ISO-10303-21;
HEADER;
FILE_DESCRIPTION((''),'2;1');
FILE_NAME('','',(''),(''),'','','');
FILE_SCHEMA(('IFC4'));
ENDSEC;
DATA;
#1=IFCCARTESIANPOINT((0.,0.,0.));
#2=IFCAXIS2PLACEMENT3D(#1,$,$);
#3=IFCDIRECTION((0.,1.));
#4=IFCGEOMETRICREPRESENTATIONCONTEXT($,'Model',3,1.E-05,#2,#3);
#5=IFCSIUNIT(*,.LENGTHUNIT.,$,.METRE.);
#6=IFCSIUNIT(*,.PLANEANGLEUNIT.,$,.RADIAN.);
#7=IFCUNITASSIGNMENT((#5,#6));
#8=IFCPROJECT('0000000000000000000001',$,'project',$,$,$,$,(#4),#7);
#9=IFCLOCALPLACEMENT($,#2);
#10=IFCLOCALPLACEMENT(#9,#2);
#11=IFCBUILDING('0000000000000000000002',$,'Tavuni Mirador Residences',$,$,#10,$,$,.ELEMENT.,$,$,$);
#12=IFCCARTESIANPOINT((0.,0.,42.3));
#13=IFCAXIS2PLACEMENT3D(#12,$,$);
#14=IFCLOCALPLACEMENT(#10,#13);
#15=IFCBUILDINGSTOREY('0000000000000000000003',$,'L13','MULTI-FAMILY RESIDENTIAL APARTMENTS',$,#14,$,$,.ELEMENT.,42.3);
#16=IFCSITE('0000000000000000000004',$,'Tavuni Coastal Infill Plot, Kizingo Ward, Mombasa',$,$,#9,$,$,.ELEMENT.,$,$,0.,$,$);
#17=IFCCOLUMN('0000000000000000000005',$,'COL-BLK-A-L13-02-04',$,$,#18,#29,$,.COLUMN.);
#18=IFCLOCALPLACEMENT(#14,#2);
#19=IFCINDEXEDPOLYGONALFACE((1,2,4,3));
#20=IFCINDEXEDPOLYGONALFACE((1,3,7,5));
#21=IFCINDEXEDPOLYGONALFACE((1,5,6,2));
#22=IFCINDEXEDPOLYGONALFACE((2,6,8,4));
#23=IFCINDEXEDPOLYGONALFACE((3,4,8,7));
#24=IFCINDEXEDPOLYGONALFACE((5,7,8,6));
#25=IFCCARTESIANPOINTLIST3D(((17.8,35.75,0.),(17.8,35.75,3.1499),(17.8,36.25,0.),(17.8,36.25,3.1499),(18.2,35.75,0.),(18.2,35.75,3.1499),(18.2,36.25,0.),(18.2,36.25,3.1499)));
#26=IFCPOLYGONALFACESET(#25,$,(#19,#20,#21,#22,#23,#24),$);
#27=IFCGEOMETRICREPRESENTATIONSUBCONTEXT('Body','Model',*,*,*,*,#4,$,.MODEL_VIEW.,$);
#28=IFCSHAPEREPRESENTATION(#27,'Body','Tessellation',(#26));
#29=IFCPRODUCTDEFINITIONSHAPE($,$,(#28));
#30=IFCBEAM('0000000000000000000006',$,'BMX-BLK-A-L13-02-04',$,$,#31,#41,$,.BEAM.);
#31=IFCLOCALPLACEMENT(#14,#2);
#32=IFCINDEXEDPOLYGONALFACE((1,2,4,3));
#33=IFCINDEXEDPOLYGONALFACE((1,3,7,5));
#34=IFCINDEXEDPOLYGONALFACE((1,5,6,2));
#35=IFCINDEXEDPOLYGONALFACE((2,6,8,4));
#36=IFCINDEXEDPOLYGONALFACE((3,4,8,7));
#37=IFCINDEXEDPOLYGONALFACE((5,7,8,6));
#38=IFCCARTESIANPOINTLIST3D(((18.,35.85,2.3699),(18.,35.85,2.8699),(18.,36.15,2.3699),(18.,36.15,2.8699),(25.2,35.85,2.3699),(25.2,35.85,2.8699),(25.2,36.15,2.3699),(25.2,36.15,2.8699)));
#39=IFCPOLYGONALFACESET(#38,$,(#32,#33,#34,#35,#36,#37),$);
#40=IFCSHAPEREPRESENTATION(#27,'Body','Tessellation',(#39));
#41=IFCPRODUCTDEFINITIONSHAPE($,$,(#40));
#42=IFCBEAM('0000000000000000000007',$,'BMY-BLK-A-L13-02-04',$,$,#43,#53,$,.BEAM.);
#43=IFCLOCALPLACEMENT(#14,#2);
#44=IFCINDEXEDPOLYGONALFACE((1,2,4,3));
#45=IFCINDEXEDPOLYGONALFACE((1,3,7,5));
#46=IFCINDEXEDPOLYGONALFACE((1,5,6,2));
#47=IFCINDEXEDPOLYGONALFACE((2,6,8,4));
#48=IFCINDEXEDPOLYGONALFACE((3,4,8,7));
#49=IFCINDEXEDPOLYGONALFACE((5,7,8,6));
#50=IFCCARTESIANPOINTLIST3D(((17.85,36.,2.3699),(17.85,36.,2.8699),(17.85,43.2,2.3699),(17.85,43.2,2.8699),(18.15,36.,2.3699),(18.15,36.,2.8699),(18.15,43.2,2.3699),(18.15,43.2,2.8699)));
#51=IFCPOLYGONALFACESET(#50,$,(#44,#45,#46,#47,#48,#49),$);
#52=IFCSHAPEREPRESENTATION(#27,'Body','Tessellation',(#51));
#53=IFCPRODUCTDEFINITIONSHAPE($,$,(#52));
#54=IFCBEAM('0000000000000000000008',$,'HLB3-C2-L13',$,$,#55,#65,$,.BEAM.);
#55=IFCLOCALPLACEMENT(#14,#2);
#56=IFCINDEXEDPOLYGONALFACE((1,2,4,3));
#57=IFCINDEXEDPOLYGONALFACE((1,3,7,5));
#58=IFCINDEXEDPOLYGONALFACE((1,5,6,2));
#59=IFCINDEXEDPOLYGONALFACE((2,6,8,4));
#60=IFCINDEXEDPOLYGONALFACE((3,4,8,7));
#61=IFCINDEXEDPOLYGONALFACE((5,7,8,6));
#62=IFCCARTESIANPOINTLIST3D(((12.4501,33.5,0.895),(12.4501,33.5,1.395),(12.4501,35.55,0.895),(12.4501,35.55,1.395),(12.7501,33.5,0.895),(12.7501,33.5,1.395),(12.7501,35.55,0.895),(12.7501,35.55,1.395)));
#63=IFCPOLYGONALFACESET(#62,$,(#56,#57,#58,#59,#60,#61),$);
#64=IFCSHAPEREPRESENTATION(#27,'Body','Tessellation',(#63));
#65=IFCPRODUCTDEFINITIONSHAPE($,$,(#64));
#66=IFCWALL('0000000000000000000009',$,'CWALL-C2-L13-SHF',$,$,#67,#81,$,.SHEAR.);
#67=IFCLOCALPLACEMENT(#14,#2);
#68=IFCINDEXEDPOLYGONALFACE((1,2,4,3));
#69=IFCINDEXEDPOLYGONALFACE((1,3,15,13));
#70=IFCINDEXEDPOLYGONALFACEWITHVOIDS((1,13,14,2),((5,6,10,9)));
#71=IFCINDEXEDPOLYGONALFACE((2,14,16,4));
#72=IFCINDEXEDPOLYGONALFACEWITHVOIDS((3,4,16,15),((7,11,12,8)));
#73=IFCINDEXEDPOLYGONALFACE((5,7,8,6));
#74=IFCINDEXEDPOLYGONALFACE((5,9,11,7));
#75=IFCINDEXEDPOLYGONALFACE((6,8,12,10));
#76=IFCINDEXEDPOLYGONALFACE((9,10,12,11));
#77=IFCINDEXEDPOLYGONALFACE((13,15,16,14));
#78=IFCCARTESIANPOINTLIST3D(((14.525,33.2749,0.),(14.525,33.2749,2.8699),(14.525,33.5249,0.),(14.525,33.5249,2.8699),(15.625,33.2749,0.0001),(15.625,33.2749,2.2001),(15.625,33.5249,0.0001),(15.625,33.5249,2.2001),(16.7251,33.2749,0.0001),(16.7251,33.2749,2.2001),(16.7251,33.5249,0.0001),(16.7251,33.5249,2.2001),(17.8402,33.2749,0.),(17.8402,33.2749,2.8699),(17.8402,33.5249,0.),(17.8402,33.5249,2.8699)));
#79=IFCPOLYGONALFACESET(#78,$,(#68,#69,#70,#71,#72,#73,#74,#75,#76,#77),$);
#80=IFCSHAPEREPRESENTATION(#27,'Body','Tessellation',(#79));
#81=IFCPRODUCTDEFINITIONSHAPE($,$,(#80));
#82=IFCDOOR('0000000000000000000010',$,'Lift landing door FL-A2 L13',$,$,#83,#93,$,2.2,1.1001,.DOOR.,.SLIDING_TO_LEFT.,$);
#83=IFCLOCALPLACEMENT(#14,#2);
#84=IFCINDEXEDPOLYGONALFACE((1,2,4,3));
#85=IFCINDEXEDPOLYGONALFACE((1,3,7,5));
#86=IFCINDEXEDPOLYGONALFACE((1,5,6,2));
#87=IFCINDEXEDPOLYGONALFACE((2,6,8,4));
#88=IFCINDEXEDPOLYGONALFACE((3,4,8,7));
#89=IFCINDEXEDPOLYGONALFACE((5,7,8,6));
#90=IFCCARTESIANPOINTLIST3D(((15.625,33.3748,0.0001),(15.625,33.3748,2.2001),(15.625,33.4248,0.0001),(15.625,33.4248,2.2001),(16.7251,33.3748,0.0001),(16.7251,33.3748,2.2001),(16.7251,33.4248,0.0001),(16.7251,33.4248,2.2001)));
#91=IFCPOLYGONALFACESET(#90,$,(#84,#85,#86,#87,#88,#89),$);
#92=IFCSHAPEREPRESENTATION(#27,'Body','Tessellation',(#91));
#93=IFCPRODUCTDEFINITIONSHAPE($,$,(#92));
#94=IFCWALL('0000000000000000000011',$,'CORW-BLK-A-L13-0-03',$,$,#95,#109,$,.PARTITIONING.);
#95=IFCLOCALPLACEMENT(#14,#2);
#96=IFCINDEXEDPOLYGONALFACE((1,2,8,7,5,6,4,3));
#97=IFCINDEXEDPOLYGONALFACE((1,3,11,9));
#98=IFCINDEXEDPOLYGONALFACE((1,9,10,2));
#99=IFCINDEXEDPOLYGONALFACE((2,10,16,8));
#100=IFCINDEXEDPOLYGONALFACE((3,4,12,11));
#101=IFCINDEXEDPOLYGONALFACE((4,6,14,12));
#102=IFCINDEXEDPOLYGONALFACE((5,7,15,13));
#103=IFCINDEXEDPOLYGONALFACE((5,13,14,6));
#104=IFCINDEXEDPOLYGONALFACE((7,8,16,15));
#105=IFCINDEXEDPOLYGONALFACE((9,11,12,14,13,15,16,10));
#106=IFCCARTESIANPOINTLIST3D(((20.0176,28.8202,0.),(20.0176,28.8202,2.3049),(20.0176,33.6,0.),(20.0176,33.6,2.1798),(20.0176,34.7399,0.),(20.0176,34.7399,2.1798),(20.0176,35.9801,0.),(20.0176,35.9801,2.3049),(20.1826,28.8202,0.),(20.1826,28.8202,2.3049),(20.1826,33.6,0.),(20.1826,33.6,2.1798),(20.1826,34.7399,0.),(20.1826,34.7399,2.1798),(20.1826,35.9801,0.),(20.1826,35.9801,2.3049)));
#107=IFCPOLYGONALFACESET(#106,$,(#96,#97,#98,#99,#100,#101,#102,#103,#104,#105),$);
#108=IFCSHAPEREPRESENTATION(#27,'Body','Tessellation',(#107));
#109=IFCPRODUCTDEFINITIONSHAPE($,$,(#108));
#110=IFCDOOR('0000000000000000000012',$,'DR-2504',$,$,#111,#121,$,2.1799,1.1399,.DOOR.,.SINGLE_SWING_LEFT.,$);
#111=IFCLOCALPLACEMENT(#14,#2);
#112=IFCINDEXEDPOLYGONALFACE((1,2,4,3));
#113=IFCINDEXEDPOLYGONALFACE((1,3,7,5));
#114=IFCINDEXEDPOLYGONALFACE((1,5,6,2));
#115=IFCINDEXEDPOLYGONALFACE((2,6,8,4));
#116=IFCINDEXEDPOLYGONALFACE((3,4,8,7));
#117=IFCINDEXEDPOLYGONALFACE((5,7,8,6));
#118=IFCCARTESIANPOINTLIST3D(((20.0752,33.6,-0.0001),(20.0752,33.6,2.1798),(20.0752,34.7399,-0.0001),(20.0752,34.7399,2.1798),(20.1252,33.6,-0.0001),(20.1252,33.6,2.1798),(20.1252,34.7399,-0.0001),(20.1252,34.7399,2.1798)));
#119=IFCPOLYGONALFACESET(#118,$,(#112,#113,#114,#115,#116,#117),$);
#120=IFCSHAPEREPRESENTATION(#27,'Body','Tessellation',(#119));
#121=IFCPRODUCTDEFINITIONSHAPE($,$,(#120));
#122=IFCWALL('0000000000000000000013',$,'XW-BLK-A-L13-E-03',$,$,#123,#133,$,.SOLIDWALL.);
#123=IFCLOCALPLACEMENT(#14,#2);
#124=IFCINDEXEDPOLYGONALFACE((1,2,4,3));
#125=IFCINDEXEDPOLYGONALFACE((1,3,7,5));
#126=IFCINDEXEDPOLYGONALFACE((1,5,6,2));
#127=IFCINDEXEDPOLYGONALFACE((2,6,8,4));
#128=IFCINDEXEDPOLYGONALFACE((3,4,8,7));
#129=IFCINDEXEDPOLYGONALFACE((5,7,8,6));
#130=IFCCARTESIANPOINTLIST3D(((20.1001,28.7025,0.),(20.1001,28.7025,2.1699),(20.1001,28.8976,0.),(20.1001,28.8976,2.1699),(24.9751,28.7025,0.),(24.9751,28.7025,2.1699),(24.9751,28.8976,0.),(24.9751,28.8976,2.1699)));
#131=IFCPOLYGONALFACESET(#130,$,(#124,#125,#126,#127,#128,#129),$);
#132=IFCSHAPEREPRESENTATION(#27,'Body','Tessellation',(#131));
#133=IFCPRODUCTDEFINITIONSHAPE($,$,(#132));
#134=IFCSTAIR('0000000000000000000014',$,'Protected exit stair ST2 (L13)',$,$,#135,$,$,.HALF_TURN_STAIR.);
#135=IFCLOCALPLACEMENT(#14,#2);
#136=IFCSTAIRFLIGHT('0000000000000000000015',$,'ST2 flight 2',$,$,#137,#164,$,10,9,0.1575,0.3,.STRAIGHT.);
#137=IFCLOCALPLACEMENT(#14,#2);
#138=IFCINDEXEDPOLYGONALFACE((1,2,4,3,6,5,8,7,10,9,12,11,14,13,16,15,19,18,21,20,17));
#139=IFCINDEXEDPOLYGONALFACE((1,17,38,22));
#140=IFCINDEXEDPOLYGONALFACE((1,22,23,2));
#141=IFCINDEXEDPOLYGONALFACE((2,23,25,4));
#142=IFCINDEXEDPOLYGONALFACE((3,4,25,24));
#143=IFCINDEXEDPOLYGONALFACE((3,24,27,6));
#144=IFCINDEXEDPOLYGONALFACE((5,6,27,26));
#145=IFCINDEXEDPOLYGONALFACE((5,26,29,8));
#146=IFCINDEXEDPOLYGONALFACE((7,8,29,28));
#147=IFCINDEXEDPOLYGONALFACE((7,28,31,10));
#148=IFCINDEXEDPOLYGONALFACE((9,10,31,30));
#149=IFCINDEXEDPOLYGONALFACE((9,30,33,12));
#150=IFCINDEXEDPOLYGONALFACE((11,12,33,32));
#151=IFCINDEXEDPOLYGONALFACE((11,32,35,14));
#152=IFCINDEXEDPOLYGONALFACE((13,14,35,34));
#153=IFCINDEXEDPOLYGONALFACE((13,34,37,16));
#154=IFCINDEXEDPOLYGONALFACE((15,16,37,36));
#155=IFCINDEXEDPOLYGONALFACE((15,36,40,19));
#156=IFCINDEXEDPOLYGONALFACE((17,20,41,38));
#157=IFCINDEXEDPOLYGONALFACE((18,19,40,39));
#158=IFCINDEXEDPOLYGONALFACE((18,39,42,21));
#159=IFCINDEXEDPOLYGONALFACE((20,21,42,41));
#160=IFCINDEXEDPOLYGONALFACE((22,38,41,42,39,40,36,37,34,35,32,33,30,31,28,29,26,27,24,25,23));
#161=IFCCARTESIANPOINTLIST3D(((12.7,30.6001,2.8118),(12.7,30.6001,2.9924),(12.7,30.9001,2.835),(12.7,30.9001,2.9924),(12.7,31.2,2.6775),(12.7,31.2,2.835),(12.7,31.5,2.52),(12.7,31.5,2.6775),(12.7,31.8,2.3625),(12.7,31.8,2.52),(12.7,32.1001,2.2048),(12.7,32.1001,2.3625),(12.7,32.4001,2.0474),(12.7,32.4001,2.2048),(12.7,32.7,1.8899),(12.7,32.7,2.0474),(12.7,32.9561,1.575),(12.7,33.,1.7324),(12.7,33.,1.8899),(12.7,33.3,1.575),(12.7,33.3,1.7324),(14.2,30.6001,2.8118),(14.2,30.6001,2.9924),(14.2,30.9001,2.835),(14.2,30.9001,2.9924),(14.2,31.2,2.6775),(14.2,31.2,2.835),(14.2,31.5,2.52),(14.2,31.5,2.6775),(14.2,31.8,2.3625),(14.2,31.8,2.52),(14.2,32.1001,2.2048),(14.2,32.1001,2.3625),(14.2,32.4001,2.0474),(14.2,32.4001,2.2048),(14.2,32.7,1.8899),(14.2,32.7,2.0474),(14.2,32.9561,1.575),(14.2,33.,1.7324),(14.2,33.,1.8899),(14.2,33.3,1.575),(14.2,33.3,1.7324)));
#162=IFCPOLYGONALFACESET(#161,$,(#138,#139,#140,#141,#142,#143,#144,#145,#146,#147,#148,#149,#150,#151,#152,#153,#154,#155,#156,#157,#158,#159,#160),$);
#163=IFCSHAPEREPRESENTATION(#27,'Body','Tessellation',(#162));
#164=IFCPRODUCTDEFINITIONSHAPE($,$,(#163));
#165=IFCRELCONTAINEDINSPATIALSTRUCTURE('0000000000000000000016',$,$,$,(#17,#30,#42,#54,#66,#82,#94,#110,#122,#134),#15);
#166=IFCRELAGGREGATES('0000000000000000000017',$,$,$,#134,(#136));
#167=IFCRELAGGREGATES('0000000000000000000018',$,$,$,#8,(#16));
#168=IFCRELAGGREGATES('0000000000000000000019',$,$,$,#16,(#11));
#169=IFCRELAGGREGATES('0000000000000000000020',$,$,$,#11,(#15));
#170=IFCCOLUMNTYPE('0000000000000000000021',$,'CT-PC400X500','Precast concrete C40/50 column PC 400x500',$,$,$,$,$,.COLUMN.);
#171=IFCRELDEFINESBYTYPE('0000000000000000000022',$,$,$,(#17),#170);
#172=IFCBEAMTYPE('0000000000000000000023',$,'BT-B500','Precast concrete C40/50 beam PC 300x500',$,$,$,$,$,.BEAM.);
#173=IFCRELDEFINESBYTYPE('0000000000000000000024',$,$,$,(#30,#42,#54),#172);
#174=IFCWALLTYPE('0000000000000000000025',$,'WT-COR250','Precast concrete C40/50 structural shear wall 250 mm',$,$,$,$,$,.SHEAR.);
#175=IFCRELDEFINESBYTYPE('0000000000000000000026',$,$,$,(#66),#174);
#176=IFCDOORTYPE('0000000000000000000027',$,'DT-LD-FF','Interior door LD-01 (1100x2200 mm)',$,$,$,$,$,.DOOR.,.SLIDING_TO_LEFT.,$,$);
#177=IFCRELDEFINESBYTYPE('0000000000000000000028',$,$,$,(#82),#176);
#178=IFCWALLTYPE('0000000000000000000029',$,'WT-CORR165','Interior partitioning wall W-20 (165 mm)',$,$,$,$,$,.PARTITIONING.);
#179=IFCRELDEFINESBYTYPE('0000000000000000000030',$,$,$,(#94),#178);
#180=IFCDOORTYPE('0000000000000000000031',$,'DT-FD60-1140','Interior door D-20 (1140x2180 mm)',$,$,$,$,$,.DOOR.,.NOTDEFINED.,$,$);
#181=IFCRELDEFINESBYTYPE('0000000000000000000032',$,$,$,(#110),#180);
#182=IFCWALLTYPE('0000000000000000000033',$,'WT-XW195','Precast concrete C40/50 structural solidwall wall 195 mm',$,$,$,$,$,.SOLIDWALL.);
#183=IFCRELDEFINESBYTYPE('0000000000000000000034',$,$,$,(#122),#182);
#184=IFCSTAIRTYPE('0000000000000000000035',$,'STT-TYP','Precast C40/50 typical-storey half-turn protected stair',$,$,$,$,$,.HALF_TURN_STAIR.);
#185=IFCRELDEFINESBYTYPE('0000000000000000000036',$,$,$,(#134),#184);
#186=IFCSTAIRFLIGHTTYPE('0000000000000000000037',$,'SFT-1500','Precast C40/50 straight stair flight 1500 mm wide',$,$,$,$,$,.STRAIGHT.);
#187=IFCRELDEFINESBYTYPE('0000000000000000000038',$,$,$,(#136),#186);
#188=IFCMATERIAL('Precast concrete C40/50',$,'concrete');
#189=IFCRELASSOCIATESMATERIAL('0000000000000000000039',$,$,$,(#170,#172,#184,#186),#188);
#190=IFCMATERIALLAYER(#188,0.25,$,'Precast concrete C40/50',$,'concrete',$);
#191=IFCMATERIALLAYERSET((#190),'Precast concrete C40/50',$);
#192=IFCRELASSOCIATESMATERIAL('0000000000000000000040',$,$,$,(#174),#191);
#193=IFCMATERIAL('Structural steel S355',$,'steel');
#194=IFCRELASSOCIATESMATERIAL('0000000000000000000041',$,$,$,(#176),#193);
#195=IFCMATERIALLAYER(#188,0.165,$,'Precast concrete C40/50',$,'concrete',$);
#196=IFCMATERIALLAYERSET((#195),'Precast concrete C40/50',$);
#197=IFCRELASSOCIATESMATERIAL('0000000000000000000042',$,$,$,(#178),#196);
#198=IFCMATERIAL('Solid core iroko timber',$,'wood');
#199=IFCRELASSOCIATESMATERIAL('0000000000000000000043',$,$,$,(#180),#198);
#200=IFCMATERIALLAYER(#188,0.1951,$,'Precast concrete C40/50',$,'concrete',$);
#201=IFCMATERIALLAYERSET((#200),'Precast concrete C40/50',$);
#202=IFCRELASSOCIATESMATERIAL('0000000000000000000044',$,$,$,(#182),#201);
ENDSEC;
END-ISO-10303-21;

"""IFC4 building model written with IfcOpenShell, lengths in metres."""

from ifc_helpers import new_model, si_unit, direction, frame, frame_2d, origin, origin_2d, place, context, subcontext, project, spatial, polyline, rectangle, outline, extrude, material, layer, layer_set, material_profile, profile_set, type_object, element, fill, aggregate, save


model = new_model("IFC4")

# Units and contexts
model_context = context("Model", 3, precision=1e-05, world=origin(), true_north=direction((0.0, 1.0)))
body_context = subcontext(model_context, "Body", "Model", "MODEL_VIEW")
ifc_project = project(units=[si_unit("LENGTHUNIT", "METRE"), si_unit("PLANEANGLEUNIT", "RADIAN")], contexts=[model_context])

# Site, building, storey
site_placement = place(None, origin())
site = spatial("IfcSite", under=ifc_project, at=site_placement, Name="Tavuni Coastal Infill Plot, Kizingo Ward, Mombasa", CompositionType="ELEMENT", RefElevation=0.0)
building_placement = place(site_placement, origin())
building = spatial("IfcBuilding", under=site, at=building_placement, Name="Tavuni Mirador Residences", CompositionType="ELEMENT")
storey_placement = place(building_placement, frame((0.0, 0.0, 42.3)))
storey = spatial("IfcBuildingStorey", under=building, at=storey_placement, Name="L13", Description="MULTI-FAMILY RESIDENTIAL APARTMENTS", CompositionType="ELEMENT", Elevation=42.3)

# Column
ifc_material_1 = material(Name="Precast concrete C40/50", Category="concrete")
ifc_material_profile_1 = material_profile(ifc_material_1, rectangle(XDim=0.3999, YDim=0.5, at=origin_2d()), Name="PC 400x500", Category="concrete")
ifc_profile_set_1 = profile_set([ifc_material_profile_1], Name="Precast concrete C40/50")
column_type = type_object("IfcColumnType", Name="CT-PC400X500", Description="Precast concrete C40/50 column PC 400x500", PredefinedType="COLUMN", material=ifc_profile_set_1)
column_placement = place(storey_placement, frame((18.0, 36.0, 0.0), z_axis=(0.0, 0.0, 1.0), x_axis=(1.0, 0.0, 0.0)))
element("IfcColumn", 1, at=column_placement, inside=storey, type_object=column_type, Name="COL-BLK-A-L13-02-04", PredefinedType="COLUMN", context=body_context, shape_type="SweptSolid", body=[
    extrude(rectangle(XDim=0.3999, YDim=0.5, at=origin_2d()), origin(), (0.0, 0.0, 1.0), 3.1499),
])

# Beams
ifc_material_profile_2 = material_profile(ifc_material_1, rectangle(XDim=0.3, YDim=0.5, at=origin_2d()), Name="PC 300x500", Category="concrete")
ifc_profile_set_2 = profile_set([ifc_material_profile_2], Name="Precast concrete C40/50")
beam_type = type_object("IfcBeamType", Name="BT-B500", Description="Precast concrete C40/50 beam PC 300x500", PredefinedType="BEAM", material=ifc_profile_set_2)
for number, where, z_axis, x_axis, name in (
    (2, (18.0, 36.0, 2.6199), (1.0, 0.0, 0.0), (0.0, 1.0, 0.0), "BMX-BLK-A-L13-02-04"),
    (3, (18.0, 36.0, 2.6199), (0.0, 1.0, 0.0), (-1.0, 0.0, 0.0), "BMY-BLK-A-L13-02-04"),
):
    element("IfcBeam", number, at=place(storey_placement, frame(where, z_axis=z_axis, x_axis=x_axis)), inside=storey, type_object=beam_type, Name=name, PredefinedType="BEAM", context=body_context, shape_type="SweptSolid", body=[
        extrude(rectangle(XDim=0.3, YDim=0.5, at=origin_2d()), origin(), (0.0, 0.0, 1.0), 7.2),
    ])
beam_placement = place(storey_placement, frame((12.6001, 33.5, 1.145), z_axis=(0.0, 1.0, 0.0), x_axis=(-1.0, 0.0, 0.0)))
element("IfcBeam", 4, at=beam_placement, inside=storey, type_object=beam_type, Name="HLB3-C2-L13", PredefinedType="BEAM", context=body_context, shape_type="SweptSolid", body=[
    extrude(rectangle(XDim=0.3, YDim=0.5, at=origin_2d()), origin(), (0.0, 0.0, 1.0), 2.05),
])

# Walls, openings, doors
ifc_layer_1 = layer(ifc_material_1, 0.25, Name="Precast concrete C40/50", Category="concrete")
ifc_layer_set_1 = layer_set([ifc_layer_1], Name="Precast concrete C40/50")
wall_type_1 = type_object("IfcWallType", Name="WT-COR250", Description="Precast concrete C40/50 structural shear wall 250 mm", PredefinedType="SHEAR", material=ifc_layer_set_1)
ifc_material_2 = material(Name="Solid core iroko timber", Category="wood")
wall_1_placement = place(storey_placement, frame((14.5249, 33.3999, 0.0), z_axis=(0.0, 0.0, 1.0), x_axis=(1.0, 0.0, 0.0)))
wall_1 = element("IfcWall", 5, at=wall_1_placement, inside=storey, type_object=wall_type_1, Name="CWALL-C2-L13-SHF", PredefinedType="SHEAR", context=body_context, shape_type="SweptSolid", body=[
    extrude(rectangle(XDim=3.3152, YDim=0.25, at=frame_2d((1.6577, 0.0))), origin(), (0.0, 0.0, 1.0), 2.8699),
])
opening_1_placement = place(wall_1_placement, frame((1.1001, 0.0, 0.0)))
opening_1 = element("IfcOpeningElement", 6, at=opening_1_placement, cuts=wall_1, PredefinedType="OPENING", context=body_context, shape_type="SweptSolid", body=[
    extrude(rectangle(XDim=1.1001, YDim=2.2, at=frame_2d((0.55, 1.1001))), frame((0.0, 0.135, 0.0), z_axis=(0.0, -1.0, 0.0), x_axis=(1.0, 0.0, 0.0)), (0.0, 0.0, 1.0), 0.27),
])
ifc_material_3 = material(Name="Structural steel S355", Category="steel")
door_type_1 = type_object("IfcDoorType", Name="DT-LD-FF", Description="Interior door LD-01 (1100x2200 mm)", OperationType="SLIDING_TO_LEFT", PredefinedType="DOOR", material=ifc_material_3)
door_1_placement = place(opening_1_placement, origin())
door_1 = element("IfcDoor", 7, at=door_1_placement, inside=storey, type_object=door_type_1, Name="Lift landing door FL-A2 L13", OperationType="SLIDING_TO_LEFT", OverallHeight=2.2, OverallWidth=1.1001, PredefinedType="DOOR", context=body_context, shape_type="SweptSolid", body=[
    extrude(rectangle(XDim=1.1001, YDim=2.2, at=frame_2d((0.55, 1.1001))), frame((0.0, 0.0249, 0.0), z_axis=(0.0, -1.0, 0.0), x_axis=(1.0, 0.0, 0.0)), (0.0, 0.0, 1.0), 0.05),
])
fill(opening_1, door_1)
ifc_layer_2 = layer(ifc_material_1, 0.165, Name="Precast concrete C40/50", Category="concrete")
ifc_layer_set_2 = layer_set([ifc_layer_2], Name="Precast concrete C40/50")
wall_type_2 = type_object("IfcWallType", Name="WT-CORR165", Description="Interior partitioning wall W-20 (165 mm)", PredefinedType="PARTITIONING", material=ifc_layer_set_2)
wall_2_placement = place(storey_placement, frame((20.1001, 28.8201, 0.0), z_axis=(0.0, 0.0, 1.0), x_axis=(0.0, 1.0, 0.0)))
wall_2 = element("IfcWall", 8, at=wall_2_placement, inside=storey, type_object=wall_type_2, Name="CORW-BLK-A-L13-0-03", PredefinedType="PARTITIONING", context=body_context, shape_type="SweptSolid", body=[
    extrude(rectangle(XDim=7.1599, YDim=0.165, at=frame_2d((3.5801, 0.0))), origin(), (0.0, 0.0, 1.0), 2.3049),
])
opening_2_placement = place(wall_2_placement, frame((4.78, 0.0, 0.0)))
opening_2 = element("IfcOpeningElement", 9, at=opening_2_placement, cuts=wall_2, PredefinedType="OPENING", context=body_context, shape_type="SweptSolid", body=[
    extrude(rectangle(XDim=1.1399, YDim=2.1799, at=frame_2d((0.5698, 1.0898))), frame((0.0, 0.0925, 0.0), z_axis=(0.0, -1.0, 0.0), x_axis=(1.0, 0.0, 0.0)), (0.0, 0.0, 1.0), 0.1851),
])
door_type_2 = type_object("IfcDoorType", Name="DT-FD60-1140", Description="Interior door D-20 (1140x2180 mm)", OperationType="NOTDEFINED", PredefinedType="DOOR", material=ifc_material_2)
door_2_placement = place(opening_2_placement, origin())
door_2 = element("IfcDoor", 10, at=door_2_placement, inside=storey, type_object=door_type_2, Name="DR-2504", OperationType="SINGLE_SWING_LEFT", OverallHeight=2.1799, OverallWidth=1.1399, PredefinedType="DOOR", context=body_context, shape_type="SweptSolid", body=[
    extrude(rectangle(XDim=1.1399, YDim=2.1799, at=frame_2d((0.5698, 1.0898))), frame((0.0, 0.0249, 0.0), z_axis=(0.0, -1.0, 0.0), x_axis=(1.0, 0.0, 0.0)), (0.0, 0.0, 1.0), 0.05),
])
fill(opening_2, door_2)

# Wall
ifc_layer_3 = layer(ifc_material_1, 0.1951, Name="Precast concrete C40/50", Category="concrete")
ifc_layer_set_3 = layer_set([ifc_layer_3], Name="Precast concrete C40/50")
wall_type_3 = type_object("IfcWallType", Name="WT-XW195", Description="Precast concrete C40/50 structural solidwall wall 195 mm", PredefinedType="SOLIDWALL", material=ifc_layer_set_3)
wall_3_placement = place(storey_placement, frame((20.1001, 28.8, 0.0), z_axis=(0.0, 0.0, 1.0), x_axis=(1.0, 0.0, 0.0)))
element("IfcWall", 11, at=wall_3_placement, inside=storey, type_object=wall_type_3, Name="XW-BLK-A-L13-E-03", PredefinedType="SOLIDWALL", context=body_context, shape_type="SweptSolid", body=[
    extrude(rectangle(XDim=4.875, YDim=0.1951, at=frame_2d((2.4375, 0.0))), origin(), (0.0, 0.0, 1.0), 2.1699),
])

# Stair, stair flight
stair_type = type_object("IfcStairType", Name="STT-TYP", Description="Precast C40/50 typical-storey half-turn protected stair", PredefinedType="HALF_TURN_STAIR", material=ifc_material_1)
stair_placement = place(storey_placement, origin())
stair = element("IfcStair", 12, at=stair_placement, inside=storey, type_object=stair_type, Name="Protected exit stair ST2 (L13)", PredefinedType="HALF_TURN_STAIR")
stair_flight_type = type_object("IfcStairFlightType", Name="SFT-1500", Description="Precast C40/50 straight stair flight 1500 mm wide", PredefinedType="STRAIGHT", material=ifc_material_1)
stair_flight_placement = place(storey_placement, frame((13.45, 33.3, 1.575), z_axis=(0.0, 0.0, 1.0), x_axis=(0.0, -1.0, 0.0)))
stair_flight = element("IfcStairFlight", 13, at=stair_flight_placement, type_object=stair_flight_type, Name="ST2 flight 2", NumberOfRisers=10, NumberOfTreads=9, PredefinedType="STRAIGHT", RiserHeight=0.1575, TreadLength=0.3, context=body_context, shape_type="SweptSolid", body=[
    extrude(outline(polyline([(0.0, 0.0), (0.0, 0.1575), (0.3, 0.1575), (0.3, 0.3149), (0.6001, 0.3149), (0.6001, 0.4724), (0.8999, 0.4724), (0.8999, 0.6299), (1.2, 0.6299), (1.2, 0.7876), (1.5, 0.7876), (1.5, 0.9451), (1.8, 0.9451), (1.8, 1.1025), (2.1001, 1.1025), (2.1001, 1.26), (2.3999, 1.26), (2.3999, 1.4175), (2.7, 1.4175), (2.7, 1.575), (2.7, 1.2368), (0.344, 0.0), (0.0, 0.0)])), frame((0.0, 0.75, 0.0), z_axis=(0.0, -1.0, 0.0), x_axis=(1.0, 0.0, 0.0)), (0.0, 0.0, 1.0), 1.5),
])
aggregate(stair, [stair_flight])

save(model, "model.ifc")
